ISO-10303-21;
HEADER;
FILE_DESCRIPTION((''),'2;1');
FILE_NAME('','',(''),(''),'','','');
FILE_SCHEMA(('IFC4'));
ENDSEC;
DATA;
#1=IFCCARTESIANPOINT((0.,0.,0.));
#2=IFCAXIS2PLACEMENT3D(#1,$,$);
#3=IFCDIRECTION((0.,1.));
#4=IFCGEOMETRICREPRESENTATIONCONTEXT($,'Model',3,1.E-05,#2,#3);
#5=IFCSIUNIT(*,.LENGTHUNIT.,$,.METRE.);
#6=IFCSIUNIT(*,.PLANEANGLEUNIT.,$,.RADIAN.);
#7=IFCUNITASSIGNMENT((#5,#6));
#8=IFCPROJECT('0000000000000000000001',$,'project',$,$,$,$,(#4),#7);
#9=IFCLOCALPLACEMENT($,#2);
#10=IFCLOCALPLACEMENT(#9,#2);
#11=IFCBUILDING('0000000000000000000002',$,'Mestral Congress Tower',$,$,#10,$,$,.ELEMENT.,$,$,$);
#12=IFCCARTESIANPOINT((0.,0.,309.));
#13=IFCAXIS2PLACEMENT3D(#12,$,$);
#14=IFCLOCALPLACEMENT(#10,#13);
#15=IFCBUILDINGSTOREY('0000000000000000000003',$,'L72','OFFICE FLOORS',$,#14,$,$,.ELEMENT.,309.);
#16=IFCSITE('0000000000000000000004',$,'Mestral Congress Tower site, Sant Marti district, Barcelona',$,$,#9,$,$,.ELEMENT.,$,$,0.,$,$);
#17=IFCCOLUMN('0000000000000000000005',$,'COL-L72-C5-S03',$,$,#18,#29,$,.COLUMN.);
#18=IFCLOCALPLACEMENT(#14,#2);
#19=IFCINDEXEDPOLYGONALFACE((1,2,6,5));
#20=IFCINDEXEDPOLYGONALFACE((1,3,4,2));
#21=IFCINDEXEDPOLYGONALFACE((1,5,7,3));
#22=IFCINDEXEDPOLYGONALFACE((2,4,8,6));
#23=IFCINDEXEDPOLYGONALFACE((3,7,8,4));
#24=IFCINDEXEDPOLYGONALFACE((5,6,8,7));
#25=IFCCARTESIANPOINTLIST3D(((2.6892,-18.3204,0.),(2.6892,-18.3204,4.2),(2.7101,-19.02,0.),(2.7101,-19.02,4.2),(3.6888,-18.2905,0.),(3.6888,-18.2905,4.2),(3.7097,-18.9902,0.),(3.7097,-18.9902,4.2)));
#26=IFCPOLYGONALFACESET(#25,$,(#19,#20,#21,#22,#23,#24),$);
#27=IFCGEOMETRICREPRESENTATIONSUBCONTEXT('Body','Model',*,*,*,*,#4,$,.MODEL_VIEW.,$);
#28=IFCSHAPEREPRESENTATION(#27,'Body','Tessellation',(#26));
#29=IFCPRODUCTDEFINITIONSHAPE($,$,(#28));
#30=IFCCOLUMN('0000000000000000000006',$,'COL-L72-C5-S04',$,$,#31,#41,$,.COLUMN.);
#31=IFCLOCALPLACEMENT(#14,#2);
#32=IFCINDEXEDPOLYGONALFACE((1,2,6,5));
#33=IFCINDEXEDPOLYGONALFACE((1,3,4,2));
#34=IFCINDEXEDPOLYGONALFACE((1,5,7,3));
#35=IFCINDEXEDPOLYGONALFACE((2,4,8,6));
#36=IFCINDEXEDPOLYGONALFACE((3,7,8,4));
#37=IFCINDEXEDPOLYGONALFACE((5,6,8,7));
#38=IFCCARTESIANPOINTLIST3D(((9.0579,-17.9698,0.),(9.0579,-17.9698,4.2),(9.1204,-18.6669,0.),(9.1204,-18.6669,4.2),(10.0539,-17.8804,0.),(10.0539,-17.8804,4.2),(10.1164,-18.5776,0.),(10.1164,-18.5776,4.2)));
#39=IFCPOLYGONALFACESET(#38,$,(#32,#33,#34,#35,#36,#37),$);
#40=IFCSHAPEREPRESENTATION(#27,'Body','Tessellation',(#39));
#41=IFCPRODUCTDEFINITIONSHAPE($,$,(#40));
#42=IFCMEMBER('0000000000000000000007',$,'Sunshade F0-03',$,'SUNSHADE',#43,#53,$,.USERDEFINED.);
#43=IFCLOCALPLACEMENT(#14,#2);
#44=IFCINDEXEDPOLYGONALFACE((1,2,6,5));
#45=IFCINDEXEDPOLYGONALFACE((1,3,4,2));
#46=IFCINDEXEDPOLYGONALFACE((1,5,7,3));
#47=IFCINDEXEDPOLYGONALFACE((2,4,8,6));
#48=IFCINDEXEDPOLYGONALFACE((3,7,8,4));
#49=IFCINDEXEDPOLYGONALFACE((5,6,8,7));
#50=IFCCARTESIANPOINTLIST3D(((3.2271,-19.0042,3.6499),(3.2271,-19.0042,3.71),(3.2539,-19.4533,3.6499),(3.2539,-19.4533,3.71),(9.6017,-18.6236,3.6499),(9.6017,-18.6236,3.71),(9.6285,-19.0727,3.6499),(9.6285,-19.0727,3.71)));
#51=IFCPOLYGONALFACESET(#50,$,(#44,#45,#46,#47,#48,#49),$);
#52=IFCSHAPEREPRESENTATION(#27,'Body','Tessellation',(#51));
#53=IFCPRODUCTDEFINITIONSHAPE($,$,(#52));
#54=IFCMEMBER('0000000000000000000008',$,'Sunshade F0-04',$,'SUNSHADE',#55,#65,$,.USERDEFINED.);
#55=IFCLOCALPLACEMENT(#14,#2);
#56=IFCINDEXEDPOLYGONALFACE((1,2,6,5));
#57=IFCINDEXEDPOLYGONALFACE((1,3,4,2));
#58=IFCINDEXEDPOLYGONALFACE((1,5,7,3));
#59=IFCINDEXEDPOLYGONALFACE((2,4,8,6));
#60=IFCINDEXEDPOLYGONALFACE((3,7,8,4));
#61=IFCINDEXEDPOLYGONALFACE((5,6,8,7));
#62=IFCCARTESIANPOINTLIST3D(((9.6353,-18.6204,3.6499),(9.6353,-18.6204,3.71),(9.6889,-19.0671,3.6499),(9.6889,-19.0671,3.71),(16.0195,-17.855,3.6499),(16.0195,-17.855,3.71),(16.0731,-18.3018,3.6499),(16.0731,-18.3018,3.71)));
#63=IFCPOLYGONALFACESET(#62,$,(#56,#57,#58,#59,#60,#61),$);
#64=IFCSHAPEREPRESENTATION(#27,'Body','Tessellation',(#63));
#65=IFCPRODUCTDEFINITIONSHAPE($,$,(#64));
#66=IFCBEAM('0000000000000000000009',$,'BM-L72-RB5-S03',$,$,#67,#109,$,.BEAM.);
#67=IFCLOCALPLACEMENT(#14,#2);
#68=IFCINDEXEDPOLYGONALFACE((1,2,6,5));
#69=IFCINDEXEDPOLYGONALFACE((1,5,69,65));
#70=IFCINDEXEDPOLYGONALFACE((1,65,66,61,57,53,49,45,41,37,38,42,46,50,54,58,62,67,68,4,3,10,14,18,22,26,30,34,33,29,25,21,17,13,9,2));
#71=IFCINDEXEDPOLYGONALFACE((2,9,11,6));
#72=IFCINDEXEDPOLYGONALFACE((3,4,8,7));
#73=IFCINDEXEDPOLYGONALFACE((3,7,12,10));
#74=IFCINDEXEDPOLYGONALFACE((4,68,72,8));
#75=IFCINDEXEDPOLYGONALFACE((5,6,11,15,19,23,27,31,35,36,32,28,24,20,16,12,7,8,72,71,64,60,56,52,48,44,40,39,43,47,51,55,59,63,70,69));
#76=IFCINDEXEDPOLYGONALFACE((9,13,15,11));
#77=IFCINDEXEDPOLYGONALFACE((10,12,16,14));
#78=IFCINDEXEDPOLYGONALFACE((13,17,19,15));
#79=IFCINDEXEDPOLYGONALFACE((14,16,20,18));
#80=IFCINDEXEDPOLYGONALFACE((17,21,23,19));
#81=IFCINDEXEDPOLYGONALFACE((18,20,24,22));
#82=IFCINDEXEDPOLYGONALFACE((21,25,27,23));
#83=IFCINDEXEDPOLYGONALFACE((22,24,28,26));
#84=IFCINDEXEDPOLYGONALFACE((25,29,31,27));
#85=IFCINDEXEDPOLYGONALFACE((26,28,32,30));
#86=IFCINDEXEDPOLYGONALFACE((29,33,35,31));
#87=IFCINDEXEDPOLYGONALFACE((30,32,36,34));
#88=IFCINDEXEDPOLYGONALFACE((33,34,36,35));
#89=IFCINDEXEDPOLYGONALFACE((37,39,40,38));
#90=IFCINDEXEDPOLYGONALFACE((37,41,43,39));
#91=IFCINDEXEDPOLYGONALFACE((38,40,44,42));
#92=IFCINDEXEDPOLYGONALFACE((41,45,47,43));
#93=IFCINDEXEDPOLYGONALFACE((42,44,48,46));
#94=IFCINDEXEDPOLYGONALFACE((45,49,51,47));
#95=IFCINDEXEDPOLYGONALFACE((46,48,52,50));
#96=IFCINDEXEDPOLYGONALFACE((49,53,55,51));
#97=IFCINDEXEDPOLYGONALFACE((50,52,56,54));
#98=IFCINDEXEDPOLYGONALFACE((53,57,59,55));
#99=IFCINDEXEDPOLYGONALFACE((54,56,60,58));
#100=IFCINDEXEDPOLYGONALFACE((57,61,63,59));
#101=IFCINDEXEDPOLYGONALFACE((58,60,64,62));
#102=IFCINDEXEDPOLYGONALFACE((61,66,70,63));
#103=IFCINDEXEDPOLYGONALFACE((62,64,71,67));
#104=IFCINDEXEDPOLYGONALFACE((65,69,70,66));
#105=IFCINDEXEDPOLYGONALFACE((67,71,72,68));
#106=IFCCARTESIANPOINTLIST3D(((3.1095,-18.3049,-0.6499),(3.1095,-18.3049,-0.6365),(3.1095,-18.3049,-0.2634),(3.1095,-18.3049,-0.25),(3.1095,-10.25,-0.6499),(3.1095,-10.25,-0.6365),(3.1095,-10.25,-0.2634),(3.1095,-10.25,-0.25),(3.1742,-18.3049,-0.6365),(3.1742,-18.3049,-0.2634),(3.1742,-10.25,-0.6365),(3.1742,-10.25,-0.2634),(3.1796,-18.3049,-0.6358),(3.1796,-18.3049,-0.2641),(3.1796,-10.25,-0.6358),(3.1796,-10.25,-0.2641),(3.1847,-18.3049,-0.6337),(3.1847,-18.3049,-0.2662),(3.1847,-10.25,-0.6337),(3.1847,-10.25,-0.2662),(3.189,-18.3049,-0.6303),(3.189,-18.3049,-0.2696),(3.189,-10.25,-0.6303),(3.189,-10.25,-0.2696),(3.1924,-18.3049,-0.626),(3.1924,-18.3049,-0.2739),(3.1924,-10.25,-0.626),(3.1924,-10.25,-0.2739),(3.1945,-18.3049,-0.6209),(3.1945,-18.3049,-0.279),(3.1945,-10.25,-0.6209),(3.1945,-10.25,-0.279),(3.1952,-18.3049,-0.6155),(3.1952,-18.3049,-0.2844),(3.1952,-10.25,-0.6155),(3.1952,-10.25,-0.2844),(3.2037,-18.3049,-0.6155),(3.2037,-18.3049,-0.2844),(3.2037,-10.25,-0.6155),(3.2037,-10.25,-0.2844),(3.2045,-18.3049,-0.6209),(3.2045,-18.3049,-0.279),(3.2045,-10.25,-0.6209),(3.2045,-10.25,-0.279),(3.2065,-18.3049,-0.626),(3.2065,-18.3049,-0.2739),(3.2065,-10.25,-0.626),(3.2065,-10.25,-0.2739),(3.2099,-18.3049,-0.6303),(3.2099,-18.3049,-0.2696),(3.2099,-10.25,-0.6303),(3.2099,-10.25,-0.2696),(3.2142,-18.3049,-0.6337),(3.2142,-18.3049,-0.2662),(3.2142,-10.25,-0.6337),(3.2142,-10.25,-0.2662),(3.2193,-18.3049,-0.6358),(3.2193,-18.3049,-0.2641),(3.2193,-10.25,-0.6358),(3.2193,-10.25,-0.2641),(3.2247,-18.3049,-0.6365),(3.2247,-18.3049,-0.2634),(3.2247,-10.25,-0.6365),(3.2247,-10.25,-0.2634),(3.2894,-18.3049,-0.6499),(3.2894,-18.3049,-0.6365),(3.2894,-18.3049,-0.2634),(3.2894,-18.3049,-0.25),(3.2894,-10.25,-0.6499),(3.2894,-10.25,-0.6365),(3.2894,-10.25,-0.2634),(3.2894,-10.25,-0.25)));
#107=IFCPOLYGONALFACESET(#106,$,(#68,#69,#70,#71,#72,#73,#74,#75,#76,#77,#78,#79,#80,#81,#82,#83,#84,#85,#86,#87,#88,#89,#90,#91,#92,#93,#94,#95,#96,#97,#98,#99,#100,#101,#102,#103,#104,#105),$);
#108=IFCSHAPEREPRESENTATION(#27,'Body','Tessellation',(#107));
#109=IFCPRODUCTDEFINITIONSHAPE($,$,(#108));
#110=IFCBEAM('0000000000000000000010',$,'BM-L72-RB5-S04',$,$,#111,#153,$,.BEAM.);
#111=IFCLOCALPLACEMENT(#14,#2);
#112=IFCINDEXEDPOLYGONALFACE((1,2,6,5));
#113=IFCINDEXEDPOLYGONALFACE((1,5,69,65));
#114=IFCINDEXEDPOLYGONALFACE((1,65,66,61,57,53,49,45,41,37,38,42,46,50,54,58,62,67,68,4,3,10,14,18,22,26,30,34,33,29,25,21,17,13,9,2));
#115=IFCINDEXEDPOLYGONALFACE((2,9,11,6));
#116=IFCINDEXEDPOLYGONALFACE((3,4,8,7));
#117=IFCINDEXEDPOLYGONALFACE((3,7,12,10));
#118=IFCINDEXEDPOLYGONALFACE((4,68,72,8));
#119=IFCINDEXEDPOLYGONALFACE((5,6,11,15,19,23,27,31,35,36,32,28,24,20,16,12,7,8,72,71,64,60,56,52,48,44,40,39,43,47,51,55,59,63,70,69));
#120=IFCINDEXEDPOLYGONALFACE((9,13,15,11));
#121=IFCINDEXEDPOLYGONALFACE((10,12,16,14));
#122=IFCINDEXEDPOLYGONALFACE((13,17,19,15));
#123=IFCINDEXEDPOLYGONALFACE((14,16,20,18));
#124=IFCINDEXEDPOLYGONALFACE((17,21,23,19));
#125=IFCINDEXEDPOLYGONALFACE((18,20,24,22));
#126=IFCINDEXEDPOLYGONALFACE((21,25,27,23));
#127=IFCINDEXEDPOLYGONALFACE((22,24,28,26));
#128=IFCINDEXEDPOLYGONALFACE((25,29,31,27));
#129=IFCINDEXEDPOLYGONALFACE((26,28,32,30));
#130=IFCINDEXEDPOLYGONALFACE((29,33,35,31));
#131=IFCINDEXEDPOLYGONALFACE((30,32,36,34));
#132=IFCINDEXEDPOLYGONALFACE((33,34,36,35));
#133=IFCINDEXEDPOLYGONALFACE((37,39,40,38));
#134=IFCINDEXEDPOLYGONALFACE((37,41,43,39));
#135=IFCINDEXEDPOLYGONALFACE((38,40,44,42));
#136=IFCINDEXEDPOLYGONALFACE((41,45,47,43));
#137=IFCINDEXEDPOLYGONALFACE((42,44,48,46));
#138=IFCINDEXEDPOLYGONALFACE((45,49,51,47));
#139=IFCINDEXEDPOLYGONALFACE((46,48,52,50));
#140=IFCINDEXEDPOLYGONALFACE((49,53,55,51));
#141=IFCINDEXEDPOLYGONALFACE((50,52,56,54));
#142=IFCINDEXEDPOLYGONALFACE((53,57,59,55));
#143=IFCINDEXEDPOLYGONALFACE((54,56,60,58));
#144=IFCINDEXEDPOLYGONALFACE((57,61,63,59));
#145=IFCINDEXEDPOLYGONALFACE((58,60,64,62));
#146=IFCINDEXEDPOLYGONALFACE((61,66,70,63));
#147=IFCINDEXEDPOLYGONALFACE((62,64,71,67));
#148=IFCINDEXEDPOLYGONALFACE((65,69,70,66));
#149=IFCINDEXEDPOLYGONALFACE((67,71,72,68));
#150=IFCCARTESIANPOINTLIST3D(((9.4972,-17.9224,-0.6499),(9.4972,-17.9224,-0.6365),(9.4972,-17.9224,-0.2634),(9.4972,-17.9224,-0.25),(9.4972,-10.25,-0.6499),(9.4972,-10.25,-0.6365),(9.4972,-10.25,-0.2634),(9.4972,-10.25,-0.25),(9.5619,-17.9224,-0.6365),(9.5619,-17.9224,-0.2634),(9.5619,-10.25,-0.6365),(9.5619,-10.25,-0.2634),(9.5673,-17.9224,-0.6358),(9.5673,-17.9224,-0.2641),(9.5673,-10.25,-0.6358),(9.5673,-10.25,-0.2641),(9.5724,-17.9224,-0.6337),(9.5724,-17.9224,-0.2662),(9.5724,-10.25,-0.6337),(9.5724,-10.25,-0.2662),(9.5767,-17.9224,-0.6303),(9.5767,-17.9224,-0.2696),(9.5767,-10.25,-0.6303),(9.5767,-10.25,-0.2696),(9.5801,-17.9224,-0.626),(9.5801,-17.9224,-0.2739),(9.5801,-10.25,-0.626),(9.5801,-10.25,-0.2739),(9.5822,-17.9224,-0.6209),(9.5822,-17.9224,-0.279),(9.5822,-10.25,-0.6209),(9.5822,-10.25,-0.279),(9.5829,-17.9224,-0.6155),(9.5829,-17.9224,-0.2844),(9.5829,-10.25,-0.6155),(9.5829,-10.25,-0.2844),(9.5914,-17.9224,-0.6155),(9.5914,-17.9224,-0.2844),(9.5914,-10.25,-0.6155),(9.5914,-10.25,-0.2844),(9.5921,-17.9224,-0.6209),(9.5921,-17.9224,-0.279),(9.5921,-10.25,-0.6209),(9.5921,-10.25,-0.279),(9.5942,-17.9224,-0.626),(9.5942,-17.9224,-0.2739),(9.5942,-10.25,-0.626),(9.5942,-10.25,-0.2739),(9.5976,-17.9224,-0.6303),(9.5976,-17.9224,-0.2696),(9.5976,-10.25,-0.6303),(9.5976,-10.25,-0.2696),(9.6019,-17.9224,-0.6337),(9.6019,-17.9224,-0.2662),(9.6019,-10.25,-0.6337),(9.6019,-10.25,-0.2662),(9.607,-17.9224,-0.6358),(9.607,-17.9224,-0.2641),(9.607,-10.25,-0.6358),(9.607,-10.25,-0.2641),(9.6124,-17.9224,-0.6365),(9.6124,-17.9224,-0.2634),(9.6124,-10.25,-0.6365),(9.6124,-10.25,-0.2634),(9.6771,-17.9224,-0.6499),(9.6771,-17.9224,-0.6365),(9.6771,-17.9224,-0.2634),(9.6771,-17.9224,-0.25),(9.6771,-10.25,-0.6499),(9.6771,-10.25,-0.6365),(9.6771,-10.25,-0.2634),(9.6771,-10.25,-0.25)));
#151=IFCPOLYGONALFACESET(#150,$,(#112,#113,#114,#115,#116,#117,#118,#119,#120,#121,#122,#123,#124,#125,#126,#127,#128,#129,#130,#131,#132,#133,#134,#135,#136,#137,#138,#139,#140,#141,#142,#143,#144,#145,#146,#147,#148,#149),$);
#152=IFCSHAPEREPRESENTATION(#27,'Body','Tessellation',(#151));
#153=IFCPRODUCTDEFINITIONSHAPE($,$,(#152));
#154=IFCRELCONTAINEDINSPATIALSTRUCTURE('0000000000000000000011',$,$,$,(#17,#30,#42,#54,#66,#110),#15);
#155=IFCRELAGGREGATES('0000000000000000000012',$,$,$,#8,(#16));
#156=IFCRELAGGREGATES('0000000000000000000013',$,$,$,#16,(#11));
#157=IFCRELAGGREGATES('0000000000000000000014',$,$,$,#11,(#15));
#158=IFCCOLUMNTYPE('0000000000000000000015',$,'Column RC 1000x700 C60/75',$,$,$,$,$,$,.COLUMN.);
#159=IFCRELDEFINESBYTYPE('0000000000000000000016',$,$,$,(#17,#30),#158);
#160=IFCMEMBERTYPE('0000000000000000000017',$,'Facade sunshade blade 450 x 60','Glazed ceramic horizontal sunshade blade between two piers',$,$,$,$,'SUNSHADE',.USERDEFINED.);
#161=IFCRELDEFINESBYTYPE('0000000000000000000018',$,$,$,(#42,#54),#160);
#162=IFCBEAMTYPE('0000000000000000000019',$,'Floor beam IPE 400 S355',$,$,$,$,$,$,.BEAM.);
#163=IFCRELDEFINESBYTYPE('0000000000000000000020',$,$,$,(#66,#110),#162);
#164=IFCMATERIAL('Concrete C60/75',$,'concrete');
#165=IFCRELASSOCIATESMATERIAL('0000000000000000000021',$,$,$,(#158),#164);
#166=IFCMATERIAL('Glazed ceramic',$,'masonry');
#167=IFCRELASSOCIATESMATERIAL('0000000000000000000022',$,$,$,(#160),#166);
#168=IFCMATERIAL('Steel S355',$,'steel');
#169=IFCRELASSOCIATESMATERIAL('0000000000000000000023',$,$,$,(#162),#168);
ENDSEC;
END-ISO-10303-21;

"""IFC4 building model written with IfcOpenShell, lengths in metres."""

from ifc_helpers import new_model, si_unit, direction, frame, origin, origin_2d, place, context, subcontext, project, spatial, rectangle, i_section, extrude, material, material_profile, profile_set, type_object, element, save


model = new_model("IFC4")

# Units and contexts
model_context = context("Model", 3, precision=1e-05, world=origin(), true_north=direction((0.0, 1.0)))
body_context = subcontext(model_context, "Body", "Model", "MODEL_VIEW")
ifc_project = project(units=[si_unit("LENGTHUNIT", "METRE"), si_unit("PLANEANGLEUNIT", "RADIAN")], contexts=[model_context])

# Site, building, storey
site_placement = place(None, origin())
site = spatial("IfcSite", under=ifc_project, at=site_placement, Name="Mestral Congress Tower site, Sant Marti district, Barcelona", CompositionType="ELEMENT", RefElevation=0.0)
building_placement = place(site_placement, origin())
building = spatial("IfcBuilding", under=site, at=building_placement, Name="Mestral Congress Tower", CompositionType="ELEMENT")
storey_placement = place(building_placement, frame((0.0, 0.0, 309.0)))
storey = spatial("IfcBuildingStorey", under=building, at=storey_placement, Name="L72", Description="OFFICE FLOORS", CompositionType="ELEMENT", Elevation=309.0)

# Columns
ifc_material_1 = material(Name="Concrete C60/75", Category="concrete")
ifc_material_profile_1 = material_profile(ifc_material_1, rectangle(XDim=1.0, YDim=0.7, at=origin_2d()), Name="RC 1000x700")
ifc_profile_set_1 = profile_set([ifc_material_profile_1], Name="Concrete C60/75")
column_type = type_object("IfcColumnType", Name="Column RC 1000x700 C60/75", PredefinedType="COLUMN", material=ifc_profile_set_1)
for number, where, z_axis, x_axis, name in (
    (1, (3.1995, -18.6553, 0.0), (0.0, 0.0, 1.0), (0.999555, 0.029828, 0.0), "COL-L72-C5-S03"),
    (2, (9.5872, -18.2737, 0.0), (0.0, 0.0, 1.0), (0.995998, 0.089378, 0.0), "COL-L72-C5-S04"),
):
    element("IfcColumn", number, at=place(storey_placement, frame(where, z_axis=z_axis, x_axis=x_axis)), inside=storey, type_object=column_type, Name=name, PredefinedType="COLUMN", context=body_context, shape_type="SweptSolid", body=[
        extrude(rectangle(XDim=1.0, YDim=0.7, at=origin_2d()), origin(), (0.0, 0.0, 1.0), 4.2),
    ])

# Members
ifc_material_2 = material(Name="Glazed ceramic", Category="masonry")
ifc_material_profile_2 = material_profile(ifc_material_2, rectangle(XDim=0.45, YDim=0.0601, at=origin_2d()), Name="Ceramic blade 450 x 60")
ifc_profile_set_2 = profile_set([ifc_material_profile_2], Name="Glazed ceramic")
member_type = type_object("IfcMemberType", Name="Facade sunshade blade 450 x 60", Description="Glazed ceramic horizontal sunshade blade between two piers", ElementType="SUNSHADE", PredefinedType="USERDEFINED", material=ifc_profile_set_2)
member_1_placement = place(storey_placement, frame((3.2405, -19.2288, 3.6799), z_axis=(0.998222, 0.059603, 0.0), x_axis=(-0.059603, 0.998222, 0.0)))
element("IfcMember", 3, at=member_1_placement, inside=storey, type_object=member_type, Name="Sunshade F0-03", ObjectType="SUNSHADE", PredefinedType="USERDEFINED", context=body_context, shape_type="SweptSolid", body=[
    extrude(rectangle(XDim=0.45, YDim=0.0601, at=origin_2d()), origin(), (0.0, 0.0, 1.0), 6.386),
])
member_2_placement = place(storey_placement, frame((9.6621, -18.8438, 3.6799), z_axis=(0.99289, 0.119033, 0.0), x_axis=(-0.119033, 0.99289, 0.0)))
element("IfcMember", 4, at=member_2_placement, inside=storey, type_object=member_type, Name="Sunshade F0-04", ObjectType="SUNSHADE", PredefinedType="USERDEFINED", context=body_context, shape_type="SweptSolid", body=[
    extrude(rectangle(XDim=0.45, YDim=0.0601, at=origin_2d()), origin(), (0.0, 0.0, 1.0), 6.4299),
])

# Beams
ifc_material_3 = material(Name="Steel S355", Category="steel")
ifc_material_profile_3 = material_profile(ifc_material_3, i_section(OverallWidth=0.1799, OverallDepth=0.3999, WebThickness=0.0085, FlangeThickness=0.0134, FilletRadius=0.021, at=origin_2d()), Name="IPE 400")
ifc_profile_set_3 = profile_set([ifc_material_profile_3], Name="Steel S355")
beam_type_1 = type_object("IfcBeamType", Name="Floor beam IPE 400 S355", PredefinedType="BEAM", material=ifc_profile_set_3)
beam_1_placement = place(storey_placement, frame((3.1995, -18.3049, -0.45), z_axis=(0.0, 1.0, 0.0), x_axis=(-1.0, 0.0, 0.0)))
element("IfcBeam", 5, at=beam_1_placement, inside=storey, type_object=beam_type_1, Name="BM-L72-RB5-S03", PredefinedType="BEAM", context=body_context, shape_type="SweptSolid", body=[
    extrude(i_section(OverallWidth=0.1799, OverallDepth=0.3999, WebThickness=0.0085, FlangeThickness=0.0134, FilletRadius=0.021, at=origin_2d()), origin(), (0.0, 0.0, 1.0), 8.0549),
])
beam_2_placement = place(storey_placement, frame((9.5872, -17.9224, -0.45), z_axis=(0.0, 1.0, 0.0), x_axis=(-1.0, 0.0, 0.0)))
element("IfcBeam", 6, at=beam_2_placement, inside=storey, type_object=beam_type_1, Name="BM-L72-RB5-S04", PredefinedType="BEAM", context=body_context, shape_type="SweptSolid", body=[
    extrude(i_section(OverallWidth=0.1799, OverallDepth=0.3999, WebThickness=0.0085, FlangeThickness=0.0134, FilletRadius=0.021, at=origin_2d()), origin(), (0.0, 0.0, 1.0), 7.6724),
])

save(model, "model.ifc")
